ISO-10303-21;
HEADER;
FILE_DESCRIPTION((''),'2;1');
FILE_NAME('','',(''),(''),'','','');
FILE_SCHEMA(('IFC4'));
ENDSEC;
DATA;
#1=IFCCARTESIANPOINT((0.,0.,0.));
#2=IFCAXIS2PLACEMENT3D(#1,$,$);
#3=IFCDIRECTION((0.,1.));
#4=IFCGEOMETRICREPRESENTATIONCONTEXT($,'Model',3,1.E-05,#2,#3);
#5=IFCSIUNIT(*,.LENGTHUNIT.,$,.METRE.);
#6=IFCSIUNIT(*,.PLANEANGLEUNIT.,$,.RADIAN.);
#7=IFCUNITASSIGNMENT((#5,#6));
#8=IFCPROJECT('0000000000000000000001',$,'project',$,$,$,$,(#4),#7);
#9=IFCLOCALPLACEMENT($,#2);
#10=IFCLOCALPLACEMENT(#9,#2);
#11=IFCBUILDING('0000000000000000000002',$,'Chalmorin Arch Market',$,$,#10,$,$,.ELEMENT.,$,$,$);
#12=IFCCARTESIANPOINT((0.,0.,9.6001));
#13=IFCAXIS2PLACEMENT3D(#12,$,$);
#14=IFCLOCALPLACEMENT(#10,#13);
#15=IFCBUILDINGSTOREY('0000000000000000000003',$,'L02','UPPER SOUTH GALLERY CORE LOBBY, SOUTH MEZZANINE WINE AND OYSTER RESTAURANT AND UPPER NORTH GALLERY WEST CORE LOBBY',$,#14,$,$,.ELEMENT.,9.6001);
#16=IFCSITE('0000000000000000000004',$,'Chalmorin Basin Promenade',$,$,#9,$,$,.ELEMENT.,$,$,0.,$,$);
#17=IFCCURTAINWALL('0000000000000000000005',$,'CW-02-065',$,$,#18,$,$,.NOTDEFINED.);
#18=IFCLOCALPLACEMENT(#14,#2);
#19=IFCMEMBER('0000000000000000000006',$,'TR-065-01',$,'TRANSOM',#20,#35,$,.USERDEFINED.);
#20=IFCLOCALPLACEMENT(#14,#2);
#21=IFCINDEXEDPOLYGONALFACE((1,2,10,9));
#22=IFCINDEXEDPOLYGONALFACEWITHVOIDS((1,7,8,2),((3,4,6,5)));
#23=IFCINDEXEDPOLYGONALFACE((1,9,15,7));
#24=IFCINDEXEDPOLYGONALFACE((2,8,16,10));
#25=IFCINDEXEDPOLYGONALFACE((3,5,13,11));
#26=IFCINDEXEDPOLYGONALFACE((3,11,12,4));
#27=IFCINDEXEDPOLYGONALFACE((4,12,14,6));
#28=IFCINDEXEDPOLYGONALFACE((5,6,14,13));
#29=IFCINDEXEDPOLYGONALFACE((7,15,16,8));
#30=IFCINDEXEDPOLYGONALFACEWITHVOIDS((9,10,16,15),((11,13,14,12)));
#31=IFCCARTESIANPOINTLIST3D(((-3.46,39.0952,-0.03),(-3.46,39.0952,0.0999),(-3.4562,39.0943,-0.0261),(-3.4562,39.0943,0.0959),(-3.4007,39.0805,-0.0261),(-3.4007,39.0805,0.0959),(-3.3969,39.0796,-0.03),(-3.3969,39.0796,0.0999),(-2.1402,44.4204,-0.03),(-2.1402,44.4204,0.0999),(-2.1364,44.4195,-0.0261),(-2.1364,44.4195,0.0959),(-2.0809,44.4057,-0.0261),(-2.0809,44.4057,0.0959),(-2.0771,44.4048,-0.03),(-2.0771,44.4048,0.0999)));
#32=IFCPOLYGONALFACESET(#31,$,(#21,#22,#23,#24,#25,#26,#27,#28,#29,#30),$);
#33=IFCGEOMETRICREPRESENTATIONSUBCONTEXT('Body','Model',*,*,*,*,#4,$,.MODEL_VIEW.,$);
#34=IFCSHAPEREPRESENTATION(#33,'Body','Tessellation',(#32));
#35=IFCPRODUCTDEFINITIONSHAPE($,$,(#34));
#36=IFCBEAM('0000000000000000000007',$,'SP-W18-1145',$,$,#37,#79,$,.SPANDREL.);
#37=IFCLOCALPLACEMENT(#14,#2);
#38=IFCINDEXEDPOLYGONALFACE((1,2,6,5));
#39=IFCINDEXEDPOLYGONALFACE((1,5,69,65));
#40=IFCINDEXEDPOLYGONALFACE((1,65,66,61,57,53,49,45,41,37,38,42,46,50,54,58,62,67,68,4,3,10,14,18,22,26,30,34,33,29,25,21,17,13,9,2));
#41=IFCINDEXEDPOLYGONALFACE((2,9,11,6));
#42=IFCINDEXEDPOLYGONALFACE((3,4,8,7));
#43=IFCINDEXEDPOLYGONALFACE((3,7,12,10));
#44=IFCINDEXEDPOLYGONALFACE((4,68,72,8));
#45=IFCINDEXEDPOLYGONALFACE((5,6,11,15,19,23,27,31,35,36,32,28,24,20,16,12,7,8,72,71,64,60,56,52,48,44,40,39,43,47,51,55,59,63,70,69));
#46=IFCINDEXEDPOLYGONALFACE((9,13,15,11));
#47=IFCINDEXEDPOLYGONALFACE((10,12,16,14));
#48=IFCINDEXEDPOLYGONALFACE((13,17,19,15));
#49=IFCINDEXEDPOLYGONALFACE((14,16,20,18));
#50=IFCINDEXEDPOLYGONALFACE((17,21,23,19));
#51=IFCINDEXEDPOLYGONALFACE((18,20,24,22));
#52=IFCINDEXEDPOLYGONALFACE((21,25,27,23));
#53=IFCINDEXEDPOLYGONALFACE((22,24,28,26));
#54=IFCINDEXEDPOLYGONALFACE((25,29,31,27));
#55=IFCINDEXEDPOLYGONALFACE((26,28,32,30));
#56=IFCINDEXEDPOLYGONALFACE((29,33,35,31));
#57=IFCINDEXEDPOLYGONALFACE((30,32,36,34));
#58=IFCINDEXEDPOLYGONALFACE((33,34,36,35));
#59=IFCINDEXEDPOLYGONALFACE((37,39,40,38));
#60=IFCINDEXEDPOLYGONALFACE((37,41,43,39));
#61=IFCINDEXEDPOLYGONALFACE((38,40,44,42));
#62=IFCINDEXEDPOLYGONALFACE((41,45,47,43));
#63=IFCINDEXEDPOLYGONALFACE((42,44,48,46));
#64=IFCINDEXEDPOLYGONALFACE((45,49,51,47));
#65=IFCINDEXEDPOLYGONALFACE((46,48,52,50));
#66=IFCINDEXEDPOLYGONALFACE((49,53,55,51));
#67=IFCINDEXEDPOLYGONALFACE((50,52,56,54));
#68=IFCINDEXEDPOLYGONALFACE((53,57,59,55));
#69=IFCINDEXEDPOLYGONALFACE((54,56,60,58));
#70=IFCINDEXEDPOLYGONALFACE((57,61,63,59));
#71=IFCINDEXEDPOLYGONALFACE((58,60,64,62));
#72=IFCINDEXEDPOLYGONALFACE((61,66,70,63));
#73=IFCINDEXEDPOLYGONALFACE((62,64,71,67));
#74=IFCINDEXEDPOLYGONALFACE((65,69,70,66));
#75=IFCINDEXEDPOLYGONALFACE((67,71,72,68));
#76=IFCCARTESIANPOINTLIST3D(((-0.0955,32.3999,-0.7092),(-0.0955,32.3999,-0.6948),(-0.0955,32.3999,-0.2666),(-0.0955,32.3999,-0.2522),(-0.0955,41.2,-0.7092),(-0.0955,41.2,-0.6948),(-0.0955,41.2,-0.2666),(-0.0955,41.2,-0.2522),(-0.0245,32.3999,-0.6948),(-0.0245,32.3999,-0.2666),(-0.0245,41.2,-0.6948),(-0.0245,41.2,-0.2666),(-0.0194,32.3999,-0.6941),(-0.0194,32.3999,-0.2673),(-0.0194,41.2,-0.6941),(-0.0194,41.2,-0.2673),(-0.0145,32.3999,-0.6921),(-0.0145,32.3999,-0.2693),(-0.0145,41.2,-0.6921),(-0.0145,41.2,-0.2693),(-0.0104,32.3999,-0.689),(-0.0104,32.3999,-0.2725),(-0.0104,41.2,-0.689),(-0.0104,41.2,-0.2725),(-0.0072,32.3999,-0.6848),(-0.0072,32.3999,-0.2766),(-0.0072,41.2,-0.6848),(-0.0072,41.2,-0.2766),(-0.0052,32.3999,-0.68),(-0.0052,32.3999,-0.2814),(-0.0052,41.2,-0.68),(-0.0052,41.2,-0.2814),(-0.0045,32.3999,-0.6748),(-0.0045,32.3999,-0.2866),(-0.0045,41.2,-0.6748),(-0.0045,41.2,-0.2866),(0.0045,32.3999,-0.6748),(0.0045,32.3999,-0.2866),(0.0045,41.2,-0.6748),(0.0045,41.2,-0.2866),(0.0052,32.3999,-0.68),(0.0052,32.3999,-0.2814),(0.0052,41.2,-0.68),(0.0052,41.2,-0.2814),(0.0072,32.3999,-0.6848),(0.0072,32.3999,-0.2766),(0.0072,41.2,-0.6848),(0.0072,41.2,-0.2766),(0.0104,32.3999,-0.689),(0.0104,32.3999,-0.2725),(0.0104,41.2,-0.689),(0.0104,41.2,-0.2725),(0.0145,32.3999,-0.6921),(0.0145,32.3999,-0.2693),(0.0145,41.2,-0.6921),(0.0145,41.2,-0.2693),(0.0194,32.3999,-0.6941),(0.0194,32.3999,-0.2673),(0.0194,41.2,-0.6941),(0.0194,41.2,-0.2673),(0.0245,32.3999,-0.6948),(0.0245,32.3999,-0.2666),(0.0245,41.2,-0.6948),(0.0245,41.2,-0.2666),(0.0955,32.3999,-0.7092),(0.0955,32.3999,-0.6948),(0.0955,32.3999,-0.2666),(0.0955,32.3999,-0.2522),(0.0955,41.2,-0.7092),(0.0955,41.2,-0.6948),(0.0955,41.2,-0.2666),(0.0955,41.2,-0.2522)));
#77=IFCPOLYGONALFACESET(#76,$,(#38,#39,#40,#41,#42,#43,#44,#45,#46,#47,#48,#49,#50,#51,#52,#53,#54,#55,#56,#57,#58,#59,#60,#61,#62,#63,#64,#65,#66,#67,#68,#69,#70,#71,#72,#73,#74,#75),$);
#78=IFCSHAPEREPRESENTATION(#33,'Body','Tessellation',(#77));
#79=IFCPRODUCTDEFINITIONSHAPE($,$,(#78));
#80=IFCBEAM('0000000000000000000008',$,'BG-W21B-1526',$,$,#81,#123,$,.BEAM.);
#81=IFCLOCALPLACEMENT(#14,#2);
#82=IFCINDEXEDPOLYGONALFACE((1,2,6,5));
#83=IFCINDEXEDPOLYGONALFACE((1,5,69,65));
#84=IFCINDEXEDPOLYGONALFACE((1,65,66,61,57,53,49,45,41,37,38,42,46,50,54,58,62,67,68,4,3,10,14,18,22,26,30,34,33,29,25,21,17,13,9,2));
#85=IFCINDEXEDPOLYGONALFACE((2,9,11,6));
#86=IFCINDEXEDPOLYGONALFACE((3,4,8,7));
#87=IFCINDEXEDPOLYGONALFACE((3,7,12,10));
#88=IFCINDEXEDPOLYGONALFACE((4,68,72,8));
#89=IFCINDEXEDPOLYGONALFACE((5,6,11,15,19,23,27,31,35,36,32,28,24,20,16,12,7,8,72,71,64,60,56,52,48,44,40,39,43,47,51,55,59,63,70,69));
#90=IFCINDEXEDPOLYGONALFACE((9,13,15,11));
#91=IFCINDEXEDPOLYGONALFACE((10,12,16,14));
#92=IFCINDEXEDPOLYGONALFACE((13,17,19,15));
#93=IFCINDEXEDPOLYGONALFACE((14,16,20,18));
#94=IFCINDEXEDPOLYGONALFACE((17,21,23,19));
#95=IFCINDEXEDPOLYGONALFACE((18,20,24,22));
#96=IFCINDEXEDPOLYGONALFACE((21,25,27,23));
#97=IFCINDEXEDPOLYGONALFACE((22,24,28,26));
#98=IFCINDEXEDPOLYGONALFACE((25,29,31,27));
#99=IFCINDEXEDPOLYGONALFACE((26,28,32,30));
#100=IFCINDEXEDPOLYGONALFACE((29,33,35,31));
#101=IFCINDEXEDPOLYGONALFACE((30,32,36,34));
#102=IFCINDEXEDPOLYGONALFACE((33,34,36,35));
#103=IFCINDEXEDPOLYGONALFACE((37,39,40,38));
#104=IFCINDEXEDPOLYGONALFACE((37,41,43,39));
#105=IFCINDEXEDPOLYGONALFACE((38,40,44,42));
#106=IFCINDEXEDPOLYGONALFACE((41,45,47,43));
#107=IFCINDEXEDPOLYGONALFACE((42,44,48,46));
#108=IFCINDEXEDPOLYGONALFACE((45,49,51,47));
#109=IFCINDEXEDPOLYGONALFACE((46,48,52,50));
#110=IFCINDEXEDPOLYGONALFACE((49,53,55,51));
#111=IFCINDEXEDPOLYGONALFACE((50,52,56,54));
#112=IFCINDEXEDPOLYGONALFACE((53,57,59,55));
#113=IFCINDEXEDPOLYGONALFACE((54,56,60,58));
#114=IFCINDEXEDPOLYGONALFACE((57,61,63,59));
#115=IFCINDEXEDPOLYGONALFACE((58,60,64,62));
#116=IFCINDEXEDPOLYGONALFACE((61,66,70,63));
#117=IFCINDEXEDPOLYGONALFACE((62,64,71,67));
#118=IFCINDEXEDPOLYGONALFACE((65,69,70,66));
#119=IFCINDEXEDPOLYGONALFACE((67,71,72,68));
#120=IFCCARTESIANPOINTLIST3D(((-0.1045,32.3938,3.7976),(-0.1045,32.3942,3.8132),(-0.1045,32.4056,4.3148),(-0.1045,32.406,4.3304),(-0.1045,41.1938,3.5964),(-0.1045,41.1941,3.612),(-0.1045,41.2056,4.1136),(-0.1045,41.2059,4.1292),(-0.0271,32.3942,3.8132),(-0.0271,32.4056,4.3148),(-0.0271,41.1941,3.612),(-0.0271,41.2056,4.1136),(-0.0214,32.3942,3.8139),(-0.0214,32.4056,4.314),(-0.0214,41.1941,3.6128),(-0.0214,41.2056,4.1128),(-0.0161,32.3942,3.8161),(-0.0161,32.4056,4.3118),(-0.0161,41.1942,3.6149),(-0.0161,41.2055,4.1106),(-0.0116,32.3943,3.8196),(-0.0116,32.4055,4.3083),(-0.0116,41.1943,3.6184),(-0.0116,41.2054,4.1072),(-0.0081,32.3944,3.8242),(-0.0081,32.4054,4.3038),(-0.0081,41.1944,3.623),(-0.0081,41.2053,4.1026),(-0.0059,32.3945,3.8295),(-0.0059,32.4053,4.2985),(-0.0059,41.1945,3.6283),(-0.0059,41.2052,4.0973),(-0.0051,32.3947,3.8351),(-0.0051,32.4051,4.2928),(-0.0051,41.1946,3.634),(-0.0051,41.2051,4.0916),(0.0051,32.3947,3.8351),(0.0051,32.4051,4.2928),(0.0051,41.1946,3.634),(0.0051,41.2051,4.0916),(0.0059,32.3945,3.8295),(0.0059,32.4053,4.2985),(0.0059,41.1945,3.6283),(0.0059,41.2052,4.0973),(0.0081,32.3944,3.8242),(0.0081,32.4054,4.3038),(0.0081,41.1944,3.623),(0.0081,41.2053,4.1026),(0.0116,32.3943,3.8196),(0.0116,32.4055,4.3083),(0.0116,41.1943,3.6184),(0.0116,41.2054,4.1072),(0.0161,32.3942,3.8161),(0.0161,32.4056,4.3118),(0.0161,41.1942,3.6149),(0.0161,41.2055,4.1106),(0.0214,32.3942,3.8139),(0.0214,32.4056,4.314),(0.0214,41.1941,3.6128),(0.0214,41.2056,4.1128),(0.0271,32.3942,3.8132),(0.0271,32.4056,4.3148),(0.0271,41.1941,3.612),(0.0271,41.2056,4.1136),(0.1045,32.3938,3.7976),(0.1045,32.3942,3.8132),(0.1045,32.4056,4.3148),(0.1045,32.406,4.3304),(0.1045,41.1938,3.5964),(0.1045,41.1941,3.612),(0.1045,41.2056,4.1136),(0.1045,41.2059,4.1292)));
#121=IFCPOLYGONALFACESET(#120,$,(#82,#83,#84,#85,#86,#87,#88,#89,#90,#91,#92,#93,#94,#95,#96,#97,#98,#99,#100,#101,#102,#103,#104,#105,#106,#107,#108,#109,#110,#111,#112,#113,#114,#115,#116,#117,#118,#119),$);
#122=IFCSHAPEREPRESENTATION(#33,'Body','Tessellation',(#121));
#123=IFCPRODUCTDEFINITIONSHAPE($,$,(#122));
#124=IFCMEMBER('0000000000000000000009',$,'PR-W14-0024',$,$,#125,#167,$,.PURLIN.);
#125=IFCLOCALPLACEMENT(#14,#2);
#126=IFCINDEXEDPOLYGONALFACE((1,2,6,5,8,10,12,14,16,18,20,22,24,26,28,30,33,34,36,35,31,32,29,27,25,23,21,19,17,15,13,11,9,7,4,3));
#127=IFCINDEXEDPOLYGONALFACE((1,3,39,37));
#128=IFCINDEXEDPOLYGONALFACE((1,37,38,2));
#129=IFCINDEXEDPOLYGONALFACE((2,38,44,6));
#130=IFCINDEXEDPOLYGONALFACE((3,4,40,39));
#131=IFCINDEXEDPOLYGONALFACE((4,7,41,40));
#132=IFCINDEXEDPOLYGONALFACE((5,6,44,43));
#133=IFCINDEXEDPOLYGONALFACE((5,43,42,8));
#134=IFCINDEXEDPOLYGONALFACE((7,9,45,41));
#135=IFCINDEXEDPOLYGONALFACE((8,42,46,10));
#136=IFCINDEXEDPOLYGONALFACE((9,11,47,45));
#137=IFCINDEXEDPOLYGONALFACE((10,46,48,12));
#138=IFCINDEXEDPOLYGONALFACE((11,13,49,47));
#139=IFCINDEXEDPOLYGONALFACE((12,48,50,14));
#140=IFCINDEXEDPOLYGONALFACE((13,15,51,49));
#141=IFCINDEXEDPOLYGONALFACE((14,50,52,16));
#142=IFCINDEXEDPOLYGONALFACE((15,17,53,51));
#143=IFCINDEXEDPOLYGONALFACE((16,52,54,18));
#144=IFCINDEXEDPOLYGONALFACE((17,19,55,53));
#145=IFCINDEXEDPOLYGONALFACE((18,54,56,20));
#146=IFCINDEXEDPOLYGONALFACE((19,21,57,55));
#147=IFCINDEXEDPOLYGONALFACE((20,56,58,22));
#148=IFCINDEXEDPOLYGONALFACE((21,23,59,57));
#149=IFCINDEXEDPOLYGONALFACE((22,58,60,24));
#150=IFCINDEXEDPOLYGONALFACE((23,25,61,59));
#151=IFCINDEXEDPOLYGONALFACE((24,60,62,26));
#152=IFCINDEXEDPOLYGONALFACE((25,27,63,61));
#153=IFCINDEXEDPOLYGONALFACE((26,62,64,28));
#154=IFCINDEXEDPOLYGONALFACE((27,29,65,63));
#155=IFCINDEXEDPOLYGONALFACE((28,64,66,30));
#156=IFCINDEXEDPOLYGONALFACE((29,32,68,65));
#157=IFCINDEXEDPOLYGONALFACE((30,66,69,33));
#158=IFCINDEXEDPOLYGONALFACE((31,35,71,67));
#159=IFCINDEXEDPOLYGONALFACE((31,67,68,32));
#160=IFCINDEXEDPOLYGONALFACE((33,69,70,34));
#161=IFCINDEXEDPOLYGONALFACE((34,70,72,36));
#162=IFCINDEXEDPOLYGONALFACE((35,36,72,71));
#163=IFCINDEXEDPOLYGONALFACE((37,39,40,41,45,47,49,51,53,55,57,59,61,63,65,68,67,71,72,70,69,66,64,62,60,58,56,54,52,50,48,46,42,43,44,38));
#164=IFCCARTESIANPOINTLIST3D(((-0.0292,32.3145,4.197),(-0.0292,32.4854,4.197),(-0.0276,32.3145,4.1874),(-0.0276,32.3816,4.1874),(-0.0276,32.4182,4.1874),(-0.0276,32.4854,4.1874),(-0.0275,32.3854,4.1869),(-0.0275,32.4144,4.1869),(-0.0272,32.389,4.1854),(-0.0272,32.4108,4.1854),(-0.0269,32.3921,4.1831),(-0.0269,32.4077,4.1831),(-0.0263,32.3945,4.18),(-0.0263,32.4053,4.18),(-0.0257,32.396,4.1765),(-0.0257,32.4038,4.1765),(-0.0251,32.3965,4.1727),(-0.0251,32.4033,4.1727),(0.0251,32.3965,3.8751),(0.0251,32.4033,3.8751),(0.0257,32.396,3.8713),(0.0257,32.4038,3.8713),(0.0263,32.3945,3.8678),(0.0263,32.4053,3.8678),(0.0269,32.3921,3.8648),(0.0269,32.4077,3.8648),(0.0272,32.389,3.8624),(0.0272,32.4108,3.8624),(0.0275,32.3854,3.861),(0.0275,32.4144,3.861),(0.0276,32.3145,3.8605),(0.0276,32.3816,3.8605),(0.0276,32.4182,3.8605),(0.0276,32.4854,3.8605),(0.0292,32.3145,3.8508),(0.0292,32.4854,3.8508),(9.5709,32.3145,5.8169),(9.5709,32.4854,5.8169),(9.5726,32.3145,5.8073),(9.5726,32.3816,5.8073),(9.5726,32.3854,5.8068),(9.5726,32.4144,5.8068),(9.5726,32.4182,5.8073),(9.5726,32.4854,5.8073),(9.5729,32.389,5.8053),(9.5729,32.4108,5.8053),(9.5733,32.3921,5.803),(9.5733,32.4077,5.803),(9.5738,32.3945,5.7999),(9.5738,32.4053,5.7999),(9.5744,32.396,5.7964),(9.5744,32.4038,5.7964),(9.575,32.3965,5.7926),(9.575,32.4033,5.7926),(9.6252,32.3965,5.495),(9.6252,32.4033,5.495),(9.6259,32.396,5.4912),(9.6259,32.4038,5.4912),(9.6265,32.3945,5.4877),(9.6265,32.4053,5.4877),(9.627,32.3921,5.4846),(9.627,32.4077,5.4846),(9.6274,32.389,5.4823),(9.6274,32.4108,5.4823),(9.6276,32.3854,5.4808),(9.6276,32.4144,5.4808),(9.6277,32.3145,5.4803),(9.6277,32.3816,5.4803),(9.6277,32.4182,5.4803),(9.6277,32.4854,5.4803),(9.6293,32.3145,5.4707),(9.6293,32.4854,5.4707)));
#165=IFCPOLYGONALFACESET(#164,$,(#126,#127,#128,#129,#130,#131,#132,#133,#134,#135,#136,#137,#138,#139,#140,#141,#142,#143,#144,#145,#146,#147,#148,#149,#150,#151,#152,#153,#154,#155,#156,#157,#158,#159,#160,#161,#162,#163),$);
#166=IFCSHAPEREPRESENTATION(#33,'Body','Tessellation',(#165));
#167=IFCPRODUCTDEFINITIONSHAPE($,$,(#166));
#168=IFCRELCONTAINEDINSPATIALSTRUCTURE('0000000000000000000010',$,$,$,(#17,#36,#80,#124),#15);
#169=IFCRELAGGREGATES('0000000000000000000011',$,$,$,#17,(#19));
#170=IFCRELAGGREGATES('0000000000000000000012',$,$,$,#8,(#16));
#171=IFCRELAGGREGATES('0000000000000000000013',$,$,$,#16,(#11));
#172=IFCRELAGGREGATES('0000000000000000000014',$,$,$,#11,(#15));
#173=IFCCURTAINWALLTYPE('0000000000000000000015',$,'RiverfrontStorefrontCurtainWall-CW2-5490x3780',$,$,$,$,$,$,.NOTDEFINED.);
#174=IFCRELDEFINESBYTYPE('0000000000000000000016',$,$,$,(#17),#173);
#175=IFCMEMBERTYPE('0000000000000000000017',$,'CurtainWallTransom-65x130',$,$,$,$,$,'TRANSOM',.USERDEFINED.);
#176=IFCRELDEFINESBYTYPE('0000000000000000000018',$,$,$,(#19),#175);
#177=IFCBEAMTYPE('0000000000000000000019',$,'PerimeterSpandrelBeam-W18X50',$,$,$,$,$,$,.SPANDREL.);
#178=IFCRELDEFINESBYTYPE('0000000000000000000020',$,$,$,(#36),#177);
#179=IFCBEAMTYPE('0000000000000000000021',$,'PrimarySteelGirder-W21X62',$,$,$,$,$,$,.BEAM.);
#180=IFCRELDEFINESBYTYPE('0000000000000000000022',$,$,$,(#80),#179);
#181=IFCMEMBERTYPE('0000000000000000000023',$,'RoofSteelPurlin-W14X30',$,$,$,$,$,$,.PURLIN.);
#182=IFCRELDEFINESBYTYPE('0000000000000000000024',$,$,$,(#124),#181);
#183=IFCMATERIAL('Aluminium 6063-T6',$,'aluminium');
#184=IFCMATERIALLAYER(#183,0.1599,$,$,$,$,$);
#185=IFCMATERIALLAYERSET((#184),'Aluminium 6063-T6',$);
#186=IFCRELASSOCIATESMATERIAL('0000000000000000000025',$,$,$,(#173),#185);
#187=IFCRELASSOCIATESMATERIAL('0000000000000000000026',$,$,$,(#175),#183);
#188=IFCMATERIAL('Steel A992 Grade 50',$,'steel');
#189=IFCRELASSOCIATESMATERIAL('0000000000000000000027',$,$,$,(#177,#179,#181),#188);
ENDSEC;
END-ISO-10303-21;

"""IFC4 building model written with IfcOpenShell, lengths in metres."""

from ifc_helpers import new_model, si_unit, direction, frame, origin, origin_2d, place, context, subcontext, project, spatial, hollow_rectangle, i_section, extrude, material, layer, layer_set, material_profile, profile_set, type_object, element, aggregate, save


model = new_model("IFC4")

# Units and contexts
model_context = context("Model", 3, precision=1e-05, world=origin(), true_north=direction((0.0, 1.0)))
body_context = subcontext(model_context, "Body", "Model", "MODEL_VIEW")
ifc_project = project(units=[si_unit("LENGTHUNIT", "METRE"), si_unit("PLANEANGLEUNIT", "RADIAN")], contexts=[model_context])

# Site, building, storey
site_placement = place(None, origin())
site = spatial("IfcSite", under=ifc_project, at=site_placement, Name="Chalmorin Basin Promenade", CompositionType="ELEMENT", RefElevation=0.0)
building_placement = place(site_placement, origin())
building = spatial("IfcBuilding", under=site, at=building_placement, Name="Chalmorin Arch Market", CompositionType="ELEMENT")
storey_placement = place(building_placement, frame((0.0, 0.0, 9.6001)))
storey = spatial("IfcBuildingStorey", under=building, at=storey_placement, Name="L02", Description="UPPER SOUTH GALLERY CORE LOBBY, SOUTH MEZZANINE WINE AND OYSTER RESTAURANT AND UPPER NORTH GALLERY WEST CORE LOBBY", CompositionType="ELEMENT", Elevation=9.6001)

# Shared definitions
ifc_material_1 = material(Name="Aluminium 6063-T6", Category="aluminium")

# Curtain wall
ifc_layer_1 = layer(ifc_material_1, 0.1599)
ifc_layer_set_1 = layer_set([ifc_layer_1], Name="Aluminium 6063-T6")
curtain_wall_type_1 = type_object("IfcCurtainWallType", Name="RiverfrontStorefrontCurtainWall-CW2-5490x3780", PredefinedType="NOTDEFINED", material=ifc_layer_set_1)
curtain_wall_1_placement = place(storey_placement, origin())
curtain_wall_1 = element("IfcCurtainWall", 1, at=curtain_wall_1_placement, inside=storey, type_object=curtain_wall_type_1, Name="CW-02-065", PredefinedType="NOTDEFINED")

# Member
ifc_material_profile_1 = material_profile(ifc_material_1, hollow_rectangle(XDim=0.0649, YDim=0.1299, WallThickness=0.0039, at=origin_2d()), Name="ALU65X130X4")
ifc_profile_set_1 = profile_set([ifc_material_profile_1], Name="Aluminium 6063-T6")
member_type_1 = type_object("IfcMemberType", Name="CurtainWallTransom-65x130", ElementType="TRANSOM", PredefinedType="USERDEFINED", material=ifc_profile_set_1)
member_1_placement = place(storey_placement, frame((-3.4285, 39.0874, 0.0349), z_axis=(0.240567, 0.970633, 0.0), x_axis=(-0.970633, 0.240567, 0.0)))
member_1 = element("IfcMember", 2, at=member_1_placement, type_object=member_type_1, Name="TR-065-01", ObjectType="TRANSOM", PredefinedType="USERDEFINED", context=body_context, shape_type="SweptSolid", body=[
    extrude(hollow_rectangle(XDim=0.0649, YDim=0.1299, WallThickness=0.0039, at=origin_2d()), origin(), (0.0, 0.0, 1.0), 5.4863),
])
aggregate(curtain_wall_1, [member_1])

# Beams
ifc_material_2 = material(Name="Steel A992 Grade 50", Category="steel")
ifc_material_profile_2 = material_profile(ifc_material_2, i_section(OverallWidth=0.1909, OverallDepth=0.457, WebThickness=0.009, FlangeThickness=0.0144, FilletRadius=0.02, at=origin_2d()), Name="W18X50")
ifc_profile_set_2 = profile_set([ifc_material_profile_2], Name="Steel A992 Grade 50")
beam_type_1 = type_object("IfcBeamType", Name="PerimeterSpandrelBeam-W18X50", PredefinedType="SPANDREL", material=ifc_profile_set_2)
beam_1_placement = place(storey_placement, frame((0.0, 32.3999, -0.4807), z_axis=(0.0, 1.0, 0.0), x_axis=(-1.0, 0.0, 0.0)))
element("IfcBeam", 3, at=beam_1_placement, inside=storey, type_object=beam_type_1, Name="SP-W18-1145", PredefinedType="SPANDREL", context=body_context, shape_type="SweptSolid", body=[
    extrude(i_section(OverallWidth=0.1909, OverallDepth=0.457, WebThickness=0.009, FlangeThickness=0.0144, FilletRadius=0.02, at=origin_2d()), origin(), (0.0, 0.0, 1.0), 8.8),
])
ifc_material_profile_3 = material_profile(ifc_material_2, i_section(OverallWidth=0.209, OverallDepth=0.533, WebThickness=0.0103, FlangeThickness=0.0156, FilletRadius=0.022, at=origin_2d()), Name="W21X62")
ifc_profile_set_3 = profile_set([ifc_material_profile_3], Name="Steel A992 Grade 50")
beam_type_2 = type_object("IfcBeamType", Name="PrimarySteelGirder-W21X62", PredefinedType="BEAM", material=ifc_profile_set_3)
beam_2_placement = place(storey_placement, frame((0.0, 32.3999, 4.064), z_axis=(0.0, 0.999739, -0.022854), x_axis=(-1.0, 0.0, 0.0)))
element("IfcBeam", 4, at=beam_2_placement, inside=storey, type_object=beam_type_2, Name="BG-W21B-1526", PredefinedType="BEAM", context=body_context, shape_type="SweptSolid", body=[
    extrude(i_section(OverallWidth=0.209, OverallDepth=0.533, WebThickness=0.0103, FlangeThickness=0.0156, FilletRadius=0.022, at=origin_2d()), origin(), (0.0, 0.0, 1.0), 8.8022),
])

# Member
ifc_material_profile_4 = material_profile(ifc_material_2, i_section(OverallWidth=0.1709, OverallDepth=0.3511, WebThickness=0.0068, FlangeThickness=0.0098, FilletRadius=0.0149, at=origin_2d()), Name="W14X30")
ifc_profile_set_4 = profile_set([ifc_material_profile_4], Name="Steel A992 Grade 50")
member_type_2 = type_object("IfcMemberType", Name="RoofSteelPurlin-W14X30", PredefinedType="PURLIN", material=ifc_profile_set_4)
member_2_placement = place(storey_placement, frame((0.0, 32.3999, 4.0239), z_axis=(0.986061, 0.0, 0.166383), x_axis=(0.0, 1.0, 0.0)))
element("IfcMember", 5, at=member_2_placement, inside=storey, type_object=member_type_2, Name="PR-W14-0024", PredefinedType="PURLIN", context=body_context, shape_type="SweptSolid", body=[
    extrude(i_section(OverallWidth=0.1709, OverallDepth=0.3511, WebThickness=0.0068, FlangeThickness=0.0098, FilletRadius=0.0149, at=origin_2d()), origin(), (0.0, 0.0, 1.0), 9.7358),
])

save(model, "model.ifc")
